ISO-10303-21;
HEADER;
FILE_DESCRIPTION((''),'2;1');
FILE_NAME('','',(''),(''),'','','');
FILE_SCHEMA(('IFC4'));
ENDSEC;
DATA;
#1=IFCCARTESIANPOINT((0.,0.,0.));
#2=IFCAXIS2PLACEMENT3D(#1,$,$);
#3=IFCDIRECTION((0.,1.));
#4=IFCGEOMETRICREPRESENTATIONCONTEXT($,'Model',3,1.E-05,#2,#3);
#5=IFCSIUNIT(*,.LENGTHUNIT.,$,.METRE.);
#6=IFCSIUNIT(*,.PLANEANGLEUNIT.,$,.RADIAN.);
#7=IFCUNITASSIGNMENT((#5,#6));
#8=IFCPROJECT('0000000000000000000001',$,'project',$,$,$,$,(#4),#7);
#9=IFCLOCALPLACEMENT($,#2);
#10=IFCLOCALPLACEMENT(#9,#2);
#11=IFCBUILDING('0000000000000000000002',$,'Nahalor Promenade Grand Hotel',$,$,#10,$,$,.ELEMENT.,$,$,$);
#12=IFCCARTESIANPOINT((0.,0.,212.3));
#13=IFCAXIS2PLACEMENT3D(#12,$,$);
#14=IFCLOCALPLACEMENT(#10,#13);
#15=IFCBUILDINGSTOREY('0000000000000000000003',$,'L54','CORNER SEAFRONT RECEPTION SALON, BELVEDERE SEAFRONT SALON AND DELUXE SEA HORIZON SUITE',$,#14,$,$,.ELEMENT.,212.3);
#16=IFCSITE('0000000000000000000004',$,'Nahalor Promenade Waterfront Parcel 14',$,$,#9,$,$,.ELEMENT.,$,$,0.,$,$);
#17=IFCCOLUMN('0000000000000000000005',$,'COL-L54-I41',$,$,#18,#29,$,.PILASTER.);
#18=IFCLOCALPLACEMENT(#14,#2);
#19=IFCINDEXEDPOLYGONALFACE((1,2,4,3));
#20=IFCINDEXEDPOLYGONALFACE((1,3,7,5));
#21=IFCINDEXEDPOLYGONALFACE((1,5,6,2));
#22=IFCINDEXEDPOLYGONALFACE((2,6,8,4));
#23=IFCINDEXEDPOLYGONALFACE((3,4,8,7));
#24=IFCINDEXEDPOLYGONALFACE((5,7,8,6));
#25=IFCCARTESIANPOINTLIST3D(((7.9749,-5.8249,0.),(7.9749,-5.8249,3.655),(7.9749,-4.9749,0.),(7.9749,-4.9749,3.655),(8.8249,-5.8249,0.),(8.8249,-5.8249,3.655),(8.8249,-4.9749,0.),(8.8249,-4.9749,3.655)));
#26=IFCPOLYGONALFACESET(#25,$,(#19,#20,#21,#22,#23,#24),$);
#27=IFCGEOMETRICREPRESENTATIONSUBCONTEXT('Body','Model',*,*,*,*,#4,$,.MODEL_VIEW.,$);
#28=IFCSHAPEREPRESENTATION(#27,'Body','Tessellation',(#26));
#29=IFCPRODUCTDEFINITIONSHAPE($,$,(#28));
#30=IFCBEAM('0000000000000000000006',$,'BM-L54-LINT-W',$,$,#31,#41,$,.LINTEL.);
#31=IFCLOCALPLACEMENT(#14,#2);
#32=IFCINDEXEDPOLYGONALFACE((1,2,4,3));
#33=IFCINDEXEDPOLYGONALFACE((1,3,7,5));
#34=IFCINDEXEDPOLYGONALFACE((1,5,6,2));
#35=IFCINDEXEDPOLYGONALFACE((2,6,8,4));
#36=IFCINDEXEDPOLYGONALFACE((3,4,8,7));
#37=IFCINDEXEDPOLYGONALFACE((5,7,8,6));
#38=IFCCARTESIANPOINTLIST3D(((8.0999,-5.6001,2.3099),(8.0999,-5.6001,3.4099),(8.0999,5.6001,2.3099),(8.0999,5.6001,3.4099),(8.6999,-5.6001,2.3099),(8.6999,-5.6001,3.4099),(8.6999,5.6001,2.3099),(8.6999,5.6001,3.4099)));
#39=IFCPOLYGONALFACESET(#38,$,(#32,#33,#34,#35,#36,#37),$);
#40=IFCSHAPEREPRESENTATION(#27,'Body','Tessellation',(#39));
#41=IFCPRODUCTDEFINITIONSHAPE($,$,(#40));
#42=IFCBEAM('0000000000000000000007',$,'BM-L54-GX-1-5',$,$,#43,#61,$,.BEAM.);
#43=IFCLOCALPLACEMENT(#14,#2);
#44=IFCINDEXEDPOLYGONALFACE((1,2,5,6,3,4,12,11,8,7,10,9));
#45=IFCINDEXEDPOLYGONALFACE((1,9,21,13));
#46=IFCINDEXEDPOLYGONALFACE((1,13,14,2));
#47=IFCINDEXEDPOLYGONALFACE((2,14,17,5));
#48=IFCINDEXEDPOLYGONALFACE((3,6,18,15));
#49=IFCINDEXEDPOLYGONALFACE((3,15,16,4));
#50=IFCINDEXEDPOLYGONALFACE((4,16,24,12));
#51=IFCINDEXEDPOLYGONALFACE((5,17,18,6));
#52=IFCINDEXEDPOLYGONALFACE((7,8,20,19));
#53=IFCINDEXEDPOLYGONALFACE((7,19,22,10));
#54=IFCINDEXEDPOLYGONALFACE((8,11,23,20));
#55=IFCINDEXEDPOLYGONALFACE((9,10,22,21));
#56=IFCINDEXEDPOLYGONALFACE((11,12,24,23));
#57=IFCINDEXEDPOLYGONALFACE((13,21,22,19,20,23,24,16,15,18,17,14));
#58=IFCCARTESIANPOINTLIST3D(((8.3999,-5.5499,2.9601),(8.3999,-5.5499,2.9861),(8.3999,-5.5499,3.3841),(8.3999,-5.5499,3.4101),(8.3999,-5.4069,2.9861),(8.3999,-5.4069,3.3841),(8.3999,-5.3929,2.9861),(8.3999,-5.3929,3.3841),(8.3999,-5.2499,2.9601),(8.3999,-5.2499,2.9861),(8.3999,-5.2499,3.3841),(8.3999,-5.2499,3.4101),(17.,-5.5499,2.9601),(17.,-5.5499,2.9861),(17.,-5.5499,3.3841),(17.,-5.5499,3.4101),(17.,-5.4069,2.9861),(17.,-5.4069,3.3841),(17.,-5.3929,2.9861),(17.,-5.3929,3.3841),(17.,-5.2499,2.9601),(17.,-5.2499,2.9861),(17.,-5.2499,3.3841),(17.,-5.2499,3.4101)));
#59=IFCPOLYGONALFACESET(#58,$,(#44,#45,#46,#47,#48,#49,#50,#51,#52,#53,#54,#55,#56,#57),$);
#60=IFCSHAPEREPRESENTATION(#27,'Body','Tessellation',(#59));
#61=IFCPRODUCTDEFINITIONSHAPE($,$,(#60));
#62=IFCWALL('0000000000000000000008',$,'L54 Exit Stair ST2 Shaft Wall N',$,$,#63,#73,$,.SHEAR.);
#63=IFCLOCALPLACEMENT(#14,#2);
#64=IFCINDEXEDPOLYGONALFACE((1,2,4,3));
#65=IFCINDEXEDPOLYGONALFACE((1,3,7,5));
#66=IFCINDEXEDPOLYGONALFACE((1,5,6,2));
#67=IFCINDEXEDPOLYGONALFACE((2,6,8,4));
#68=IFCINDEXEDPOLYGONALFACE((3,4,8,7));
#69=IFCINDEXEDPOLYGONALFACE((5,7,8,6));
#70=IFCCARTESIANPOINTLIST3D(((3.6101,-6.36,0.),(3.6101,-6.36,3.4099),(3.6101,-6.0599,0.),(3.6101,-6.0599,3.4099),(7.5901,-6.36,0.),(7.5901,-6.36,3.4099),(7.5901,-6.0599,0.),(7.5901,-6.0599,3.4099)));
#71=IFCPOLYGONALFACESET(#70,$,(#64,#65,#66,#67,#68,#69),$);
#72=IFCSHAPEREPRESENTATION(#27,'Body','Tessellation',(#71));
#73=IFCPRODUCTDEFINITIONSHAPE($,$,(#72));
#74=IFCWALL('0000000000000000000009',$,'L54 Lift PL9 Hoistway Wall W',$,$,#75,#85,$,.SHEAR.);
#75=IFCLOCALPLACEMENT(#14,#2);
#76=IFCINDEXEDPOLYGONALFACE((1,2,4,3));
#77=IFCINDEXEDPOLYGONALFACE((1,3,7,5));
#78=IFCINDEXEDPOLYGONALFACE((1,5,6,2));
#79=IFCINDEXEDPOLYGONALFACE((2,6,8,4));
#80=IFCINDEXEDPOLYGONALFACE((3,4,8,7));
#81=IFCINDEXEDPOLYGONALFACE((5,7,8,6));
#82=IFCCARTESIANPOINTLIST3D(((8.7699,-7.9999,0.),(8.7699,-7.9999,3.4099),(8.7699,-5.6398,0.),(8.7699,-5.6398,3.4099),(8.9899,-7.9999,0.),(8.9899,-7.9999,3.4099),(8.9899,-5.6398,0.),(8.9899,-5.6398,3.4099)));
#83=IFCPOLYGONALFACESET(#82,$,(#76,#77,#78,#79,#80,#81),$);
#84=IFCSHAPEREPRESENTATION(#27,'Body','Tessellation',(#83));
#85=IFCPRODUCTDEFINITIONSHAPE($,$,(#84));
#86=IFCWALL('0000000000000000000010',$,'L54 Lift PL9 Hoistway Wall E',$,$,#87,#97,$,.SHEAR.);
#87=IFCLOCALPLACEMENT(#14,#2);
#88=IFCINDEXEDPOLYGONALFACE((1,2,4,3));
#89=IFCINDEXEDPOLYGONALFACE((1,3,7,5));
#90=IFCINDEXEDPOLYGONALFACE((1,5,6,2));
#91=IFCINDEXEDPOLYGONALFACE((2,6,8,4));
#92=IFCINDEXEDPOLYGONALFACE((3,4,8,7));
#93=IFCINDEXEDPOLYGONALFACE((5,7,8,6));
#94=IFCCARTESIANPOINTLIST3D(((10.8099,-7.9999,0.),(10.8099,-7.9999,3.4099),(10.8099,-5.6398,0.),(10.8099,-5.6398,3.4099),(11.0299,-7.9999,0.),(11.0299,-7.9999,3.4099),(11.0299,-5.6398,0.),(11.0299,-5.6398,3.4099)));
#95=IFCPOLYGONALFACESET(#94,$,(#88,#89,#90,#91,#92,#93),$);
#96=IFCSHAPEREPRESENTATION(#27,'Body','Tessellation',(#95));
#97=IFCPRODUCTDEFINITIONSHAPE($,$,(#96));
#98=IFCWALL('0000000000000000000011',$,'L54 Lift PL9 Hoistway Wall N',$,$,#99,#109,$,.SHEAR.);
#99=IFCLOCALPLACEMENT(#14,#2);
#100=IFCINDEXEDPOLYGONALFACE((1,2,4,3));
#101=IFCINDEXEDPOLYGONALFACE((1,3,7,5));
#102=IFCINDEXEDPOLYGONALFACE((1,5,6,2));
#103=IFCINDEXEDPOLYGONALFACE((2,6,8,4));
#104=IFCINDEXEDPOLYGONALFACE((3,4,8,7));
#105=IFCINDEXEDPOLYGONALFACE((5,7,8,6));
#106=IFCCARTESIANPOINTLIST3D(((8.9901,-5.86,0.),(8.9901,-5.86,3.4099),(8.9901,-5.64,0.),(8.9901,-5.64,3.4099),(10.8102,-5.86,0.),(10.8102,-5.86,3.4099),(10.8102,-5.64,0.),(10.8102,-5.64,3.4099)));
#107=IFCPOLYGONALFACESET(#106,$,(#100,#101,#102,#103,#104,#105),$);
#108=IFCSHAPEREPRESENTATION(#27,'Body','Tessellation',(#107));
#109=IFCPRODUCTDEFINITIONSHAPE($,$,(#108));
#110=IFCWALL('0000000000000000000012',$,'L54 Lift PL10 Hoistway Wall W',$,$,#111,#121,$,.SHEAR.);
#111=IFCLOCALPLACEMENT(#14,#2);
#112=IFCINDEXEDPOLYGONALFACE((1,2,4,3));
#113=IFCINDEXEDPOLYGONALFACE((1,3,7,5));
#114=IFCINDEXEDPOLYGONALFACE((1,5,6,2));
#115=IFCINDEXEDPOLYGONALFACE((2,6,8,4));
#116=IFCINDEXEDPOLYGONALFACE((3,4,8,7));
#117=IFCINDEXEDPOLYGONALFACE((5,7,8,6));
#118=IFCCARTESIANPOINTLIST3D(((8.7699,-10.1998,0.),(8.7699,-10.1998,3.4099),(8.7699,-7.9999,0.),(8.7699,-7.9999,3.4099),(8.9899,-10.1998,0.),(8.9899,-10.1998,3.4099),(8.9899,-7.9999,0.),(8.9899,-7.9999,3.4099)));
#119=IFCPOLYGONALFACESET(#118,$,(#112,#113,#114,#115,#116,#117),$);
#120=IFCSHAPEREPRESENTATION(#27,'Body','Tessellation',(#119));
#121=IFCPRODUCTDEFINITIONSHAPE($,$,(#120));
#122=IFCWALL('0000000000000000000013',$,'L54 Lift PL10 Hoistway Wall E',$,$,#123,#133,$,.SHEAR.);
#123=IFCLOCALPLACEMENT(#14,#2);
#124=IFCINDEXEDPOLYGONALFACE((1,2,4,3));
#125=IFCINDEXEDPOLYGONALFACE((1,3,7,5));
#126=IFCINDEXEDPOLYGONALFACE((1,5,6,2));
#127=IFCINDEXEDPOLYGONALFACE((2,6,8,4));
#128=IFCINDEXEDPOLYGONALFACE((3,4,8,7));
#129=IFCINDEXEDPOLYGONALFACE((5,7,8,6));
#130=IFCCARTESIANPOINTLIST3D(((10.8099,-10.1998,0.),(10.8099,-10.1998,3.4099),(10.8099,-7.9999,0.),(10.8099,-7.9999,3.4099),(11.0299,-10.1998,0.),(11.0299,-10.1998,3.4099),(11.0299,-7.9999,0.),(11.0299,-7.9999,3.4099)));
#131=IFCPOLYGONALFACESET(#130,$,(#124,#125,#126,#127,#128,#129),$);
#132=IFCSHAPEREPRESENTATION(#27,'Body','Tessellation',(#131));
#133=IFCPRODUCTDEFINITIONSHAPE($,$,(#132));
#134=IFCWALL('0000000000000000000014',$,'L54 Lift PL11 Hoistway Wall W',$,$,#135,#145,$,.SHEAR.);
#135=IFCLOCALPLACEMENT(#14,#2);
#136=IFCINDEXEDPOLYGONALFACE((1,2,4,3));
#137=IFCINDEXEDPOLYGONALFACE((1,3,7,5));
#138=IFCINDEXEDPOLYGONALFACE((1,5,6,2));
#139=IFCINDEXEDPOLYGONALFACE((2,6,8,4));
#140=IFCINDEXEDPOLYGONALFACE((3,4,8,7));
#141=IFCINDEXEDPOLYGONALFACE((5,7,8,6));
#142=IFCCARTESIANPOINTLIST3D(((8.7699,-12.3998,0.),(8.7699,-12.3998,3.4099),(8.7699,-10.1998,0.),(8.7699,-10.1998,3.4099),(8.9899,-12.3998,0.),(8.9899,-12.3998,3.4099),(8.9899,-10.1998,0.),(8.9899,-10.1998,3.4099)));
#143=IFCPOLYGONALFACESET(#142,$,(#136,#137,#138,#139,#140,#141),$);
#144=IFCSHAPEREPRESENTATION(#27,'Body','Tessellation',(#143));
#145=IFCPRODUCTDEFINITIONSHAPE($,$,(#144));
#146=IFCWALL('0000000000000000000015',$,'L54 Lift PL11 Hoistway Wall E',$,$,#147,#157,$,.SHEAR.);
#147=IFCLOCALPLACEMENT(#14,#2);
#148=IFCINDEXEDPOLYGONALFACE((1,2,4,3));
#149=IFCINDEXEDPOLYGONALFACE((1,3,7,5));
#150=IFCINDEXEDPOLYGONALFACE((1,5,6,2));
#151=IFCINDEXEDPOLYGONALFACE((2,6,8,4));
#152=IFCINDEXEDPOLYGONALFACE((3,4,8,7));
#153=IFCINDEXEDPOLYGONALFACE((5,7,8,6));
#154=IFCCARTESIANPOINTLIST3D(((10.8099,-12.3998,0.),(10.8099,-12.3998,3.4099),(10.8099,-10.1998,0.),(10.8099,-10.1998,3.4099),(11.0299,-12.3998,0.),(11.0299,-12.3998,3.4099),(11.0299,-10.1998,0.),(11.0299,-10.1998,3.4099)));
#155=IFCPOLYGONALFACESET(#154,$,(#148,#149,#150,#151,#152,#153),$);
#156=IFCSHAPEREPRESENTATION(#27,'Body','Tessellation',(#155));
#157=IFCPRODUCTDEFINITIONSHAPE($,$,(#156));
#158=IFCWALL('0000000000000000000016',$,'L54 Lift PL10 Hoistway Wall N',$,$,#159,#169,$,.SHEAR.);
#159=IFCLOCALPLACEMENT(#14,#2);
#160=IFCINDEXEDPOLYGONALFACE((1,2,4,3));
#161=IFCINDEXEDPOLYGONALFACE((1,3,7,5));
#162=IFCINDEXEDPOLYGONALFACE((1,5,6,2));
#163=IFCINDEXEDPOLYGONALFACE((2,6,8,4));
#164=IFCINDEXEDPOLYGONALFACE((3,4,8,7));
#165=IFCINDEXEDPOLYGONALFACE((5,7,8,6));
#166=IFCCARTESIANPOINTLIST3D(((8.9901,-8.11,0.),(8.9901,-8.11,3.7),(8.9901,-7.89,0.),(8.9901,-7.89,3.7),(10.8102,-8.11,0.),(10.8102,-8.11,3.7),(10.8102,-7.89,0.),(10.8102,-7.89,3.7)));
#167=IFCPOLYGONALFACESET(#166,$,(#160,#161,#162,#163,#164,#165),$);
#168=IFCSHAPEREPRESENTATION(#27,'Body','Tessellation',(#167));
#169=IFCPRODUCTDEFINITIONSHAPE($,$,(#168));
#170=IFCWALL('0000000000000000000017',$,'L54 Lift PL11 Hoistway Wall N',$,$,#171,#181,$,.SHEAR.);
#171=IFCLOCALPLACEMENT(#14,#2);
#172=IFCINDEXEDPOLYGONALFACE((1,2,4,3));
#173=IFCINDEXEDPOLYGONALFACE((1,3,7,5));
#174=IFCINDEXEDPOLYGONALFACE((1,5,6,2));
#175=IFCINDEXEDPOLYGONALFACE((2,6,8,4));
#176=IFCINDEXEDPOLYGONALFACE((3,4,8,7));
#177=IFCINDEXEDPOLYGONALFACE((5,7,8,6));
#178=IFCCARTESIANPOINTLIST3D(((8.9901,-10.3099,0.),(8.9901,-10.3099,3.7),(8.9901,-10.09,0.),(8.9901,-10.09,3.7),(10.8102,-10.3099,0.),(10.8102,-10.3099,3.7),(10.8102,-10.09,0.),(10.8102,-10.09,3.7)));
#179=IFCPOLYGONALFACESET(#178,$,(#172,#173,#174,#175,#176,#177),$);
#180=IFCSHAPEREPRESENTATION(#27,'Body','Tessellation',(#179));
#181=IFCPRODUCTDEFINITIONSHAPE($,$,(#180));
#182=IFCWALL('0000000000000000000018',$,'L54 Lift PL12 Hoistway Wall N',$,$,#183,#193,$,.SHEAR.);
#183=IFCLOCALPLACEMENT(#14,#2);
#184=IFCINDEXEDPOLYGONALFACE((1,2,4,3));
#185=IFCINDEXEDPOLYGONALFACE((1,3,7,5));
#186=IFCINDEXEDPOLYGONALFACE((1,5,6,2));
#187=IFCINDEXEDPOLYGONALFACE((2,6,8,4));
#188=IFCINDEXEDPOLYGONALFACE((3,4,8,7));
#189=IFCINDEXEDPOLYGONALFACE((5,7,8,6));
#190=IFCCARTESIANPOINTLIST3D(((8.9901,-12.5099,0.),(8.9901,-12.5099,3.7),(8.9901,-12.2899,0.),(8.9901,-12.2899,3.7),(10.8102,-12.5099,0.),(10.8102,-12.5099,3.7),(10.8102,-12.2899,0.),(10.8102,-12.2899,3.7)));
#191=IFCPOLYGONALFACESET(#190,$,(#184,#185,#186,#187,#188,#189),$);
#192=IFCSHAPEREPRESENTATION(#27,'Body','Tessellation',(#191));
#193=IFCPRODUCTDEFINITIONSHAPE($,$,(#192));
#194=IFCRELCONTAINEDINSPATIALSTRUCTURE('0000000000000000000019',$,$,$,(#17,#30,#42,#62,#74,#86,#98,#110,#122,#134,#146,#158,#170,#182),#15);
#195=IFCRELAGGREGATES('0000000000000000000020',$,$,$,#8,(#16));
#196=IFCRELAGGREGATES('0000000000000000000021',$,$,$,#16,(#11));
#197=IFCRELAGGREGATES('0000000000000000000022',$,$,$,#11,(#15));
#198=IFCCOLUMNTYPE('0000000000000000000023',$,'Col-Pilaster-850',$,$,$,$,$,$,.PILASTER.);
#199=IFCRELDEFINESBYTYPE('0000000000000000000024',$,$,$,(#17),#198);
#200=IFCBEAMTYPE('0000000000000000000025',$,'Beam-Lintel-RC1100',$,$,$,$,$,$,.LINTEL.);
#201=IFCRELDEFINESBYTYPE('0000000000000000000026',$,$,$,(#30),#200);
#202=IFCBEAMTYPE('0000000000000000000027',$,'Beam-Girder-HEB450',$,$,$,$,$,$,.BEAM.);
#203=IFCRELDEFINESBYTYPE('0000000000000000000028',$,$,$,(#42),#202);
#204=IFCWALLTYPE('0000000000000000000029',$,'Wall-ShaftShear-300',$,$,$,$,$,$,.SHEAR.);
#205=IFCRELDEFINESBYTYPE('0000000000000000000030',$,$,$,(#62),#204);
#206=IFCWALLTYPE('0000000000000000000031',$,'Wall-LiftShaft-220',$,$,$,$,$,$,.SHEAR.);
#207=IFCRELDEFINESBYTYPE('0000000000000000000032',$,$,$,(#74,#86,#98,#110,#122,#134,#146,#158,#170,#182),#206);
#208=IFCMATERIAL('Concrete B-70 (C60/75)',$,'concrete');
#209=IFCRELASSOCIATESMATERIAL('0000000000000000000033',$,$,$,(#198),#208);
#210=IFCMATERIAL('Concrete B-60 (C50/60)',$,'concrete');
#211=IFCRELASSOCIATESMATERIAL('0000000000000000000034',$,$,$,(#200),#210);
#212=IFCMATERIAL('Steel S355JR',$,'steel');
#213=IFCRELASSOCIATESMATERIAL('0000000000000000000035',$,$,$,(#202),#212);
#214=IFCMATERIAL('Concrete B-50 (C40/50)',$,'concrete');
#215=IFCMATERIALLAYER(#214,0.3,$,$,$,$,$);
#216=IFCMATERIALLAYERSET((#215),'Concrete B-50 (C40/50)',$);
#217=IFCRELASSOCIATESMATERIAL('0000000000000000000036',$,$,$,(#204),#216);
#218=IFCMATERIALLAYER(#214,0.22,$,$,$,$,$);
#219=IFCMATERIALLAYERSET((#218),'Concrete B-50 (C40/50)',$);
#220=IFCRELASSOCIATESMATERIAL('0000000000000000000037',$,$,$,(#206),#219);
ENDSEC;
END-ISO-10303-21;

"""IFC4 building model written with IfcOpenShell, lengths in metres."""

from ifc_helpers import new_model, si_unit, direction, frame, frame_2d, origin, origin_2d, place, context, subcontext, project, spatial, rectangle, i_section, extrude, source, transform, mapped, material, layer, layer_set, material_profile, profile_set, type_object, element, save


model = new_model("IFC4")

# Units and contexts
model_context = context("Model", 3, precision=1e-05, world=origin(), true_north=direction((0.0, 1.0)))
body_context = subcontext(model_context, "Body", "Model", "MODEL_VIEW")
ifc_project = project(units=[si_unit("LENGTHUNIT", "METRE"), si_unit("PLANEANGLEUNIT", "RADIAN")], contexts=[model_context])

# Site, building, storey
site_placement = place(None, origin())
site = spatial("IfcSite", under=ifc_project, at=site_placement, Name="Nahalor Promenade Waterfront Parcel 14", CompositionType="ELEMENT", RefElevation=0.0)
building_placement = place(site_placement, origin())
building = spatial("IfcBuilding", under=site, at=building_placement, Name="Nahalor Promenade Grand Hotel", CompositionType="ELEMENT")
storey_placement = place(building_placement, frame((0.0, 0.0, 212.3)))
storey = spatial("IfcBuildingStorey", under=building, at=storey_placement, Name="L54", Description="CORNER SEAFRONT RECEPTION SALON, BELVEDERE SEAFRONT SALON AND DELUXE SEA HORIZON SUITE", CompositionType="ELEMENT", Elevation=212.3)

# Column
ifc_material_1 = material(Name="Concrete B-70 (C60/75)", Category="concrete")
ifc_material_profile_1 = material_profile(ifc_material_1, rectangle(XDim=0.85, YDim=0.85, at=origin_2d()), Name="RC 850x850")
ifc_profile_set_1 = profile_set([ifc_material_profile_1], Name="Concrete B-70 (C60/75)")
column_type = type_object("IfcColumnType", Name="Col-Pilaster-850", PredefinedType="PILASTER", material=ifc_profile_set_1)
shared_shape_1 = source(origin(), body_context, "Body", "SweptSolid", [
    extrude(rectangle(XDim=0.85, YDim=0.85, at=origin_2d()), origin(), (0.0, 0.0, 1.0), 3.655),
])
column_placement = place(storey_placement, frame((8.3999, -5.3999, 0.0), z_axis=(0.0, 0.0, 1.0), x_axis=(1.0, 0.0, 0.0)))
element("IfcColumn", 1, at=column_placement, inside=storey, type_object=column_type, Name="COL-L54-I41", PredefinedType="PILASTER", context=body_context, shape_type="MappedRepresentation", body=[
    mapped(shared_shape_1, transform((0.0, 0.0, 0.0), scale=1.0)),
])

# Beams
ifc_material_2 = material(Name="Concrete B-60 (C50/60)", Category="concrete")
ifc_material_profile_2 = material_profile(ifc_material_2, rectangle(XDim=0.6, YDim=1.1, at=origin_2d()), Name="RC 600x1100")
ifc_profile_set_2 = profile_set([ifc_material_profile_2], Name="Concrete B-60 (C50/60)")
beam_type_1 = type_object("IfcBeamType", Name="Beam-Lintel-RC1100", PredefinedType="LINTEL", material=ifc_profile_set_2)
shared_shape_2 = source(origin(), body_context, "Body", "SweptSolid", [
    extrude(rectangle(XDim=0.6, YDim=1.1, at=origin_2d()), origin(), (0.0, 0.0, 1.0), 11.2002),
])
beam_1_placement = place(storey_placement, frame((8.3999, -5.6001, 2.8599), z_axis=(0.0, 1.0, 0.0), x_axis=(-1.0, 0.0, 0.0)))
element("IfcBeam", 2, at=beam_1_placement, inside=storey, type_object=beam_type_1, Name="BM-L54-LINT-W", PredefinedType="LINTEL", context=body_context, shape_type="MappedRepresentation", body=[
    mapped(shared_shape_2, transform((0.0, 0.0, 0.0), scale=1.0)),
])
ifc_material_3 = material(Name="Steel S355JR", Category="steel")
ifc_material_profile_3 = material_profile(ifc_material_3, i_section(OverallWidth=0.3, OverallDepth=0.45, WebThickness=0.014, FlangeThickness=0.026, at=origin_2d()), Name="HEB 450")
ifc_profile_set_3 = profile_set([ifc_material_profile_3], Name="Steel S355JR")
beam_type_2 = type_object("IfcBeamType", Name="Beam-Girder-HEB450", PredefinedType="BEAM", material=ifc_profile_set_3)
shared_shape_3 = source(origin(), body_context, "Body", "SweptSolid", [
    extrude(i_section(OverallWidth=0.3, OverallDepth=0.45, WebThickness=0.014, FlangeThickness=0.026, at=origin_2d()), origin(), (0.0, 0.0, 1.0), 8.6001),
])
beam_2_placement = place(storey_placement, frame((8.3999, -5.3999, 3.1851), z_axis=(1.0, 0.0, 0.0), x_axis=(0.0, 1.0, 0.0)))
element("IfcBeam", 3, at=beam_2_placement, inside=storey, type_object=beam_type_2, Name="BM-L54-GX-1-5", PredefinedType="BEAM", context=body_context, shape_type="MappedRepresentation", body=[
    mapped(shared_shape_3, transform((0.0, 0.0, 0.0), scale=1.0)),
])

# Walls
ifc_material_4 = material(Name="Concrete B-50 (C40/50)", Category="concrete")
ifc_layer_1 = layer(ifc_material_4, 0.3)
ifc_layer_set_1 = layer_set([ifc_layer_1], Name="Concrete B-50 (C40/50)")
wall_type_1 = type_object("IfcWallType", Name="Wall-ShaftShear-300", PredefinedType="SHEAR", material=ifc_layer_set_1)
shared_shape_4 = source(origin(), body_context, "Body", "SweptSolid", [
    extrude(rectangle(XDim=3.98, YDim=0.3, at=frame_2d((1.99, 0.0))), origin(), (0.0, 0.0, 1.0), 3.4099),
])
wall_1_placement = place(storey_placement, frame((3.6101, -6.21, 0.0), z_axis=(0.0, 0.0, 1.0), x_axis=(1.0, 0.0, 0.0)))
element("IfcWall", 4, at=wall_1_placement, inside=storey, type_object=wall_type_1, Name="L54 Exit Stair ST2 Shaft Wall N", PredefinedType="SHEAR", context=body_context, shape_type="MappedRepresentation", body=[
    mapped(shared_shape_4, transform((0.0, 0.0, 0.0), scale=1.0)),
])
ifc_layer_2 = layer(ifc_material_4, 0.22)
ifc_layer_set_2 = layer_set([ifc_layer_2], Name="Concrete B-50 (C40/50)")
wall_type_2 = type_object("IfcWallType", Name="Wall-LiftShaft-220", PredefinedType="SHEAR", material=ifc_layer_set_2)
shared_shape_5 = source(origin(), body_context, "Body", "SweptSolid", [
    extrude(rectangle(XDim=2.3601, YDim=0.22, at=frame_2d((1.1802, 0.0))), origin(), (0.0, 0.0, 1.0), 3.4099),
])
for number, where, z_axis, x_axis, name in (
    (5, (8.8799, -8.0, 0.0), (0.0, 0.0, 1.0), (0.0, 1.0, 0.0), "L54 Lift PL9 Hoistway Wall W"),
    (6, (10.9199, -8.0, 0.0), (0.0, 0.0, 1.0), (0.0, 1.0, 0.0), "L54 Lift PL9 Hoistway Wall E"),
):
    element("IfcWall", number, at=place(storey_placement, frame(where, z_axis=z_axis, x_axis=x_axis)), inside=storey, type_object=wall_type_2, Name=name, PredefinedType="SHEAR", context=body_context, shape_type="MappedRepresentation", body=[
        mapped(shared_shape_5, transform((0.0, 0.0, 0.0), scale=1.0)),
    ])
shared_shape_6 = source(origin(), body_context, "Body", "SweptSolid", [
    extrude(rectangle(XDim=1.8201, YDim=0.22, at=frame_2d((0.9102, 0.0))), origin(), (0.0, 0.0, 1.0), 3.4099),
])
wall_2_placement = place(storey_placement, frame((8.99, -5.75, 0.0), z_axis=(0.0, 0.0, 1.0), x_axis=(1.0, 0.0, 0.0)))
element("IfcWall", 7, at=wall_2_placement, inside=storey, type_object=wall_type_2, Name="L54 Lift PL9 Hoistway Wall N", PredefinedType="SHEAR", context=body_context, shape_type="MappedRepresentation", body=[
    mapped(shared_shape_6, transform((0.0, 0.0, 0.0), scale=1.0)),
])
shared_shape_7 = source(origin(), body_context, "Body", "SweptSolid", [
    extrude(rectangle(XDim=2.2, YDim=0.22, at=frame_2d((1.1001, 0.0))), origin(), (0.0, 0.0, 1.0), 3.4099),
])
for number, where, z_axis, x_axis, name in (
    (8, (8.8799, -10.2, 0.0), (0.0, 0.0, 1.0), (0.0, 1.0, 0.0), "L54 Lift PL10 Hoistway Wall W"),
    (9, (10.9199, -10.2, 0.0), (0.0, 0.0, 1.0), (0.0, 1.0, 0.0), "L54 Lift PL10 Hoistway Wall E"),
    (10, (8.8799, -12.3999, 0.0), (0.0, 0.0, 1.0), (0.0, 1.0, 0.0), "L54 Lift PL11 Hoistway Wall W"),
    (11, (10.9199, -12.3999, 0.0), (0.0, 0.0, 1.0), (0.0, 1.0, 0.0), "L54 Lift PL11 Hoistway Wall E"),
):
    element("IfcWall", number, at=place(storey_placement, frame(where, z_axis=z_axis, x_axis=x_axis)), inside=storey, type_object=wall_type_2, Name=name, PredefinedType="SHEAR", context=body_context, shape_type="MappedRepresentation", body=[
        mapped(shared_shape_7, transform((0.0, 0.0, 0.0), scale=1.0)),
    ])
shared_shape_8 = source(origin(), body_context, "Body", "SweptSolid", [
    extrude(rectangle(XDim=1.8201, YDim=0.22, at=frame_2d((0.9102, 0.0))), origin(), (0.0, 0.0, 1.0), 3.7),
])
for number, where, z_axis, x_axis, name in (
    (12, (8.99, -8.0, 0.0), (0.0, 0.0, 1.0), (1.0, 0.0, 0.0), "L54 Lift PL10 Hoistway Wall N"),
    (13, (8.99, -10.2, 0.0), (0.0, 0.0, 1.0), (1.0, 0.0, 0.0), "L54 Lift PL11 Hoistway Wall N"),
    (14, (8.99, -12.3999, 0.0), (0.0, 0.0, 1.0), (1.0, 0.0, 0.0), "L54 Lift PL12 Hoistway Wall N"),
):
    element("IfcWall", number, at=place(storey_placement, frame(where, z_axis=z_axis, x_axis=x_axis)), inside=storey, type_object=wall_type_2, Name=name, PredefinedType="SHEAR", context=body_context, shape_type="MappedRepresentation", body=[
        mapped(shared_shape_8, transform((0.0, 0.0, 0.0), scale=1.0)),
    ])

save(model, "model.ifc")
